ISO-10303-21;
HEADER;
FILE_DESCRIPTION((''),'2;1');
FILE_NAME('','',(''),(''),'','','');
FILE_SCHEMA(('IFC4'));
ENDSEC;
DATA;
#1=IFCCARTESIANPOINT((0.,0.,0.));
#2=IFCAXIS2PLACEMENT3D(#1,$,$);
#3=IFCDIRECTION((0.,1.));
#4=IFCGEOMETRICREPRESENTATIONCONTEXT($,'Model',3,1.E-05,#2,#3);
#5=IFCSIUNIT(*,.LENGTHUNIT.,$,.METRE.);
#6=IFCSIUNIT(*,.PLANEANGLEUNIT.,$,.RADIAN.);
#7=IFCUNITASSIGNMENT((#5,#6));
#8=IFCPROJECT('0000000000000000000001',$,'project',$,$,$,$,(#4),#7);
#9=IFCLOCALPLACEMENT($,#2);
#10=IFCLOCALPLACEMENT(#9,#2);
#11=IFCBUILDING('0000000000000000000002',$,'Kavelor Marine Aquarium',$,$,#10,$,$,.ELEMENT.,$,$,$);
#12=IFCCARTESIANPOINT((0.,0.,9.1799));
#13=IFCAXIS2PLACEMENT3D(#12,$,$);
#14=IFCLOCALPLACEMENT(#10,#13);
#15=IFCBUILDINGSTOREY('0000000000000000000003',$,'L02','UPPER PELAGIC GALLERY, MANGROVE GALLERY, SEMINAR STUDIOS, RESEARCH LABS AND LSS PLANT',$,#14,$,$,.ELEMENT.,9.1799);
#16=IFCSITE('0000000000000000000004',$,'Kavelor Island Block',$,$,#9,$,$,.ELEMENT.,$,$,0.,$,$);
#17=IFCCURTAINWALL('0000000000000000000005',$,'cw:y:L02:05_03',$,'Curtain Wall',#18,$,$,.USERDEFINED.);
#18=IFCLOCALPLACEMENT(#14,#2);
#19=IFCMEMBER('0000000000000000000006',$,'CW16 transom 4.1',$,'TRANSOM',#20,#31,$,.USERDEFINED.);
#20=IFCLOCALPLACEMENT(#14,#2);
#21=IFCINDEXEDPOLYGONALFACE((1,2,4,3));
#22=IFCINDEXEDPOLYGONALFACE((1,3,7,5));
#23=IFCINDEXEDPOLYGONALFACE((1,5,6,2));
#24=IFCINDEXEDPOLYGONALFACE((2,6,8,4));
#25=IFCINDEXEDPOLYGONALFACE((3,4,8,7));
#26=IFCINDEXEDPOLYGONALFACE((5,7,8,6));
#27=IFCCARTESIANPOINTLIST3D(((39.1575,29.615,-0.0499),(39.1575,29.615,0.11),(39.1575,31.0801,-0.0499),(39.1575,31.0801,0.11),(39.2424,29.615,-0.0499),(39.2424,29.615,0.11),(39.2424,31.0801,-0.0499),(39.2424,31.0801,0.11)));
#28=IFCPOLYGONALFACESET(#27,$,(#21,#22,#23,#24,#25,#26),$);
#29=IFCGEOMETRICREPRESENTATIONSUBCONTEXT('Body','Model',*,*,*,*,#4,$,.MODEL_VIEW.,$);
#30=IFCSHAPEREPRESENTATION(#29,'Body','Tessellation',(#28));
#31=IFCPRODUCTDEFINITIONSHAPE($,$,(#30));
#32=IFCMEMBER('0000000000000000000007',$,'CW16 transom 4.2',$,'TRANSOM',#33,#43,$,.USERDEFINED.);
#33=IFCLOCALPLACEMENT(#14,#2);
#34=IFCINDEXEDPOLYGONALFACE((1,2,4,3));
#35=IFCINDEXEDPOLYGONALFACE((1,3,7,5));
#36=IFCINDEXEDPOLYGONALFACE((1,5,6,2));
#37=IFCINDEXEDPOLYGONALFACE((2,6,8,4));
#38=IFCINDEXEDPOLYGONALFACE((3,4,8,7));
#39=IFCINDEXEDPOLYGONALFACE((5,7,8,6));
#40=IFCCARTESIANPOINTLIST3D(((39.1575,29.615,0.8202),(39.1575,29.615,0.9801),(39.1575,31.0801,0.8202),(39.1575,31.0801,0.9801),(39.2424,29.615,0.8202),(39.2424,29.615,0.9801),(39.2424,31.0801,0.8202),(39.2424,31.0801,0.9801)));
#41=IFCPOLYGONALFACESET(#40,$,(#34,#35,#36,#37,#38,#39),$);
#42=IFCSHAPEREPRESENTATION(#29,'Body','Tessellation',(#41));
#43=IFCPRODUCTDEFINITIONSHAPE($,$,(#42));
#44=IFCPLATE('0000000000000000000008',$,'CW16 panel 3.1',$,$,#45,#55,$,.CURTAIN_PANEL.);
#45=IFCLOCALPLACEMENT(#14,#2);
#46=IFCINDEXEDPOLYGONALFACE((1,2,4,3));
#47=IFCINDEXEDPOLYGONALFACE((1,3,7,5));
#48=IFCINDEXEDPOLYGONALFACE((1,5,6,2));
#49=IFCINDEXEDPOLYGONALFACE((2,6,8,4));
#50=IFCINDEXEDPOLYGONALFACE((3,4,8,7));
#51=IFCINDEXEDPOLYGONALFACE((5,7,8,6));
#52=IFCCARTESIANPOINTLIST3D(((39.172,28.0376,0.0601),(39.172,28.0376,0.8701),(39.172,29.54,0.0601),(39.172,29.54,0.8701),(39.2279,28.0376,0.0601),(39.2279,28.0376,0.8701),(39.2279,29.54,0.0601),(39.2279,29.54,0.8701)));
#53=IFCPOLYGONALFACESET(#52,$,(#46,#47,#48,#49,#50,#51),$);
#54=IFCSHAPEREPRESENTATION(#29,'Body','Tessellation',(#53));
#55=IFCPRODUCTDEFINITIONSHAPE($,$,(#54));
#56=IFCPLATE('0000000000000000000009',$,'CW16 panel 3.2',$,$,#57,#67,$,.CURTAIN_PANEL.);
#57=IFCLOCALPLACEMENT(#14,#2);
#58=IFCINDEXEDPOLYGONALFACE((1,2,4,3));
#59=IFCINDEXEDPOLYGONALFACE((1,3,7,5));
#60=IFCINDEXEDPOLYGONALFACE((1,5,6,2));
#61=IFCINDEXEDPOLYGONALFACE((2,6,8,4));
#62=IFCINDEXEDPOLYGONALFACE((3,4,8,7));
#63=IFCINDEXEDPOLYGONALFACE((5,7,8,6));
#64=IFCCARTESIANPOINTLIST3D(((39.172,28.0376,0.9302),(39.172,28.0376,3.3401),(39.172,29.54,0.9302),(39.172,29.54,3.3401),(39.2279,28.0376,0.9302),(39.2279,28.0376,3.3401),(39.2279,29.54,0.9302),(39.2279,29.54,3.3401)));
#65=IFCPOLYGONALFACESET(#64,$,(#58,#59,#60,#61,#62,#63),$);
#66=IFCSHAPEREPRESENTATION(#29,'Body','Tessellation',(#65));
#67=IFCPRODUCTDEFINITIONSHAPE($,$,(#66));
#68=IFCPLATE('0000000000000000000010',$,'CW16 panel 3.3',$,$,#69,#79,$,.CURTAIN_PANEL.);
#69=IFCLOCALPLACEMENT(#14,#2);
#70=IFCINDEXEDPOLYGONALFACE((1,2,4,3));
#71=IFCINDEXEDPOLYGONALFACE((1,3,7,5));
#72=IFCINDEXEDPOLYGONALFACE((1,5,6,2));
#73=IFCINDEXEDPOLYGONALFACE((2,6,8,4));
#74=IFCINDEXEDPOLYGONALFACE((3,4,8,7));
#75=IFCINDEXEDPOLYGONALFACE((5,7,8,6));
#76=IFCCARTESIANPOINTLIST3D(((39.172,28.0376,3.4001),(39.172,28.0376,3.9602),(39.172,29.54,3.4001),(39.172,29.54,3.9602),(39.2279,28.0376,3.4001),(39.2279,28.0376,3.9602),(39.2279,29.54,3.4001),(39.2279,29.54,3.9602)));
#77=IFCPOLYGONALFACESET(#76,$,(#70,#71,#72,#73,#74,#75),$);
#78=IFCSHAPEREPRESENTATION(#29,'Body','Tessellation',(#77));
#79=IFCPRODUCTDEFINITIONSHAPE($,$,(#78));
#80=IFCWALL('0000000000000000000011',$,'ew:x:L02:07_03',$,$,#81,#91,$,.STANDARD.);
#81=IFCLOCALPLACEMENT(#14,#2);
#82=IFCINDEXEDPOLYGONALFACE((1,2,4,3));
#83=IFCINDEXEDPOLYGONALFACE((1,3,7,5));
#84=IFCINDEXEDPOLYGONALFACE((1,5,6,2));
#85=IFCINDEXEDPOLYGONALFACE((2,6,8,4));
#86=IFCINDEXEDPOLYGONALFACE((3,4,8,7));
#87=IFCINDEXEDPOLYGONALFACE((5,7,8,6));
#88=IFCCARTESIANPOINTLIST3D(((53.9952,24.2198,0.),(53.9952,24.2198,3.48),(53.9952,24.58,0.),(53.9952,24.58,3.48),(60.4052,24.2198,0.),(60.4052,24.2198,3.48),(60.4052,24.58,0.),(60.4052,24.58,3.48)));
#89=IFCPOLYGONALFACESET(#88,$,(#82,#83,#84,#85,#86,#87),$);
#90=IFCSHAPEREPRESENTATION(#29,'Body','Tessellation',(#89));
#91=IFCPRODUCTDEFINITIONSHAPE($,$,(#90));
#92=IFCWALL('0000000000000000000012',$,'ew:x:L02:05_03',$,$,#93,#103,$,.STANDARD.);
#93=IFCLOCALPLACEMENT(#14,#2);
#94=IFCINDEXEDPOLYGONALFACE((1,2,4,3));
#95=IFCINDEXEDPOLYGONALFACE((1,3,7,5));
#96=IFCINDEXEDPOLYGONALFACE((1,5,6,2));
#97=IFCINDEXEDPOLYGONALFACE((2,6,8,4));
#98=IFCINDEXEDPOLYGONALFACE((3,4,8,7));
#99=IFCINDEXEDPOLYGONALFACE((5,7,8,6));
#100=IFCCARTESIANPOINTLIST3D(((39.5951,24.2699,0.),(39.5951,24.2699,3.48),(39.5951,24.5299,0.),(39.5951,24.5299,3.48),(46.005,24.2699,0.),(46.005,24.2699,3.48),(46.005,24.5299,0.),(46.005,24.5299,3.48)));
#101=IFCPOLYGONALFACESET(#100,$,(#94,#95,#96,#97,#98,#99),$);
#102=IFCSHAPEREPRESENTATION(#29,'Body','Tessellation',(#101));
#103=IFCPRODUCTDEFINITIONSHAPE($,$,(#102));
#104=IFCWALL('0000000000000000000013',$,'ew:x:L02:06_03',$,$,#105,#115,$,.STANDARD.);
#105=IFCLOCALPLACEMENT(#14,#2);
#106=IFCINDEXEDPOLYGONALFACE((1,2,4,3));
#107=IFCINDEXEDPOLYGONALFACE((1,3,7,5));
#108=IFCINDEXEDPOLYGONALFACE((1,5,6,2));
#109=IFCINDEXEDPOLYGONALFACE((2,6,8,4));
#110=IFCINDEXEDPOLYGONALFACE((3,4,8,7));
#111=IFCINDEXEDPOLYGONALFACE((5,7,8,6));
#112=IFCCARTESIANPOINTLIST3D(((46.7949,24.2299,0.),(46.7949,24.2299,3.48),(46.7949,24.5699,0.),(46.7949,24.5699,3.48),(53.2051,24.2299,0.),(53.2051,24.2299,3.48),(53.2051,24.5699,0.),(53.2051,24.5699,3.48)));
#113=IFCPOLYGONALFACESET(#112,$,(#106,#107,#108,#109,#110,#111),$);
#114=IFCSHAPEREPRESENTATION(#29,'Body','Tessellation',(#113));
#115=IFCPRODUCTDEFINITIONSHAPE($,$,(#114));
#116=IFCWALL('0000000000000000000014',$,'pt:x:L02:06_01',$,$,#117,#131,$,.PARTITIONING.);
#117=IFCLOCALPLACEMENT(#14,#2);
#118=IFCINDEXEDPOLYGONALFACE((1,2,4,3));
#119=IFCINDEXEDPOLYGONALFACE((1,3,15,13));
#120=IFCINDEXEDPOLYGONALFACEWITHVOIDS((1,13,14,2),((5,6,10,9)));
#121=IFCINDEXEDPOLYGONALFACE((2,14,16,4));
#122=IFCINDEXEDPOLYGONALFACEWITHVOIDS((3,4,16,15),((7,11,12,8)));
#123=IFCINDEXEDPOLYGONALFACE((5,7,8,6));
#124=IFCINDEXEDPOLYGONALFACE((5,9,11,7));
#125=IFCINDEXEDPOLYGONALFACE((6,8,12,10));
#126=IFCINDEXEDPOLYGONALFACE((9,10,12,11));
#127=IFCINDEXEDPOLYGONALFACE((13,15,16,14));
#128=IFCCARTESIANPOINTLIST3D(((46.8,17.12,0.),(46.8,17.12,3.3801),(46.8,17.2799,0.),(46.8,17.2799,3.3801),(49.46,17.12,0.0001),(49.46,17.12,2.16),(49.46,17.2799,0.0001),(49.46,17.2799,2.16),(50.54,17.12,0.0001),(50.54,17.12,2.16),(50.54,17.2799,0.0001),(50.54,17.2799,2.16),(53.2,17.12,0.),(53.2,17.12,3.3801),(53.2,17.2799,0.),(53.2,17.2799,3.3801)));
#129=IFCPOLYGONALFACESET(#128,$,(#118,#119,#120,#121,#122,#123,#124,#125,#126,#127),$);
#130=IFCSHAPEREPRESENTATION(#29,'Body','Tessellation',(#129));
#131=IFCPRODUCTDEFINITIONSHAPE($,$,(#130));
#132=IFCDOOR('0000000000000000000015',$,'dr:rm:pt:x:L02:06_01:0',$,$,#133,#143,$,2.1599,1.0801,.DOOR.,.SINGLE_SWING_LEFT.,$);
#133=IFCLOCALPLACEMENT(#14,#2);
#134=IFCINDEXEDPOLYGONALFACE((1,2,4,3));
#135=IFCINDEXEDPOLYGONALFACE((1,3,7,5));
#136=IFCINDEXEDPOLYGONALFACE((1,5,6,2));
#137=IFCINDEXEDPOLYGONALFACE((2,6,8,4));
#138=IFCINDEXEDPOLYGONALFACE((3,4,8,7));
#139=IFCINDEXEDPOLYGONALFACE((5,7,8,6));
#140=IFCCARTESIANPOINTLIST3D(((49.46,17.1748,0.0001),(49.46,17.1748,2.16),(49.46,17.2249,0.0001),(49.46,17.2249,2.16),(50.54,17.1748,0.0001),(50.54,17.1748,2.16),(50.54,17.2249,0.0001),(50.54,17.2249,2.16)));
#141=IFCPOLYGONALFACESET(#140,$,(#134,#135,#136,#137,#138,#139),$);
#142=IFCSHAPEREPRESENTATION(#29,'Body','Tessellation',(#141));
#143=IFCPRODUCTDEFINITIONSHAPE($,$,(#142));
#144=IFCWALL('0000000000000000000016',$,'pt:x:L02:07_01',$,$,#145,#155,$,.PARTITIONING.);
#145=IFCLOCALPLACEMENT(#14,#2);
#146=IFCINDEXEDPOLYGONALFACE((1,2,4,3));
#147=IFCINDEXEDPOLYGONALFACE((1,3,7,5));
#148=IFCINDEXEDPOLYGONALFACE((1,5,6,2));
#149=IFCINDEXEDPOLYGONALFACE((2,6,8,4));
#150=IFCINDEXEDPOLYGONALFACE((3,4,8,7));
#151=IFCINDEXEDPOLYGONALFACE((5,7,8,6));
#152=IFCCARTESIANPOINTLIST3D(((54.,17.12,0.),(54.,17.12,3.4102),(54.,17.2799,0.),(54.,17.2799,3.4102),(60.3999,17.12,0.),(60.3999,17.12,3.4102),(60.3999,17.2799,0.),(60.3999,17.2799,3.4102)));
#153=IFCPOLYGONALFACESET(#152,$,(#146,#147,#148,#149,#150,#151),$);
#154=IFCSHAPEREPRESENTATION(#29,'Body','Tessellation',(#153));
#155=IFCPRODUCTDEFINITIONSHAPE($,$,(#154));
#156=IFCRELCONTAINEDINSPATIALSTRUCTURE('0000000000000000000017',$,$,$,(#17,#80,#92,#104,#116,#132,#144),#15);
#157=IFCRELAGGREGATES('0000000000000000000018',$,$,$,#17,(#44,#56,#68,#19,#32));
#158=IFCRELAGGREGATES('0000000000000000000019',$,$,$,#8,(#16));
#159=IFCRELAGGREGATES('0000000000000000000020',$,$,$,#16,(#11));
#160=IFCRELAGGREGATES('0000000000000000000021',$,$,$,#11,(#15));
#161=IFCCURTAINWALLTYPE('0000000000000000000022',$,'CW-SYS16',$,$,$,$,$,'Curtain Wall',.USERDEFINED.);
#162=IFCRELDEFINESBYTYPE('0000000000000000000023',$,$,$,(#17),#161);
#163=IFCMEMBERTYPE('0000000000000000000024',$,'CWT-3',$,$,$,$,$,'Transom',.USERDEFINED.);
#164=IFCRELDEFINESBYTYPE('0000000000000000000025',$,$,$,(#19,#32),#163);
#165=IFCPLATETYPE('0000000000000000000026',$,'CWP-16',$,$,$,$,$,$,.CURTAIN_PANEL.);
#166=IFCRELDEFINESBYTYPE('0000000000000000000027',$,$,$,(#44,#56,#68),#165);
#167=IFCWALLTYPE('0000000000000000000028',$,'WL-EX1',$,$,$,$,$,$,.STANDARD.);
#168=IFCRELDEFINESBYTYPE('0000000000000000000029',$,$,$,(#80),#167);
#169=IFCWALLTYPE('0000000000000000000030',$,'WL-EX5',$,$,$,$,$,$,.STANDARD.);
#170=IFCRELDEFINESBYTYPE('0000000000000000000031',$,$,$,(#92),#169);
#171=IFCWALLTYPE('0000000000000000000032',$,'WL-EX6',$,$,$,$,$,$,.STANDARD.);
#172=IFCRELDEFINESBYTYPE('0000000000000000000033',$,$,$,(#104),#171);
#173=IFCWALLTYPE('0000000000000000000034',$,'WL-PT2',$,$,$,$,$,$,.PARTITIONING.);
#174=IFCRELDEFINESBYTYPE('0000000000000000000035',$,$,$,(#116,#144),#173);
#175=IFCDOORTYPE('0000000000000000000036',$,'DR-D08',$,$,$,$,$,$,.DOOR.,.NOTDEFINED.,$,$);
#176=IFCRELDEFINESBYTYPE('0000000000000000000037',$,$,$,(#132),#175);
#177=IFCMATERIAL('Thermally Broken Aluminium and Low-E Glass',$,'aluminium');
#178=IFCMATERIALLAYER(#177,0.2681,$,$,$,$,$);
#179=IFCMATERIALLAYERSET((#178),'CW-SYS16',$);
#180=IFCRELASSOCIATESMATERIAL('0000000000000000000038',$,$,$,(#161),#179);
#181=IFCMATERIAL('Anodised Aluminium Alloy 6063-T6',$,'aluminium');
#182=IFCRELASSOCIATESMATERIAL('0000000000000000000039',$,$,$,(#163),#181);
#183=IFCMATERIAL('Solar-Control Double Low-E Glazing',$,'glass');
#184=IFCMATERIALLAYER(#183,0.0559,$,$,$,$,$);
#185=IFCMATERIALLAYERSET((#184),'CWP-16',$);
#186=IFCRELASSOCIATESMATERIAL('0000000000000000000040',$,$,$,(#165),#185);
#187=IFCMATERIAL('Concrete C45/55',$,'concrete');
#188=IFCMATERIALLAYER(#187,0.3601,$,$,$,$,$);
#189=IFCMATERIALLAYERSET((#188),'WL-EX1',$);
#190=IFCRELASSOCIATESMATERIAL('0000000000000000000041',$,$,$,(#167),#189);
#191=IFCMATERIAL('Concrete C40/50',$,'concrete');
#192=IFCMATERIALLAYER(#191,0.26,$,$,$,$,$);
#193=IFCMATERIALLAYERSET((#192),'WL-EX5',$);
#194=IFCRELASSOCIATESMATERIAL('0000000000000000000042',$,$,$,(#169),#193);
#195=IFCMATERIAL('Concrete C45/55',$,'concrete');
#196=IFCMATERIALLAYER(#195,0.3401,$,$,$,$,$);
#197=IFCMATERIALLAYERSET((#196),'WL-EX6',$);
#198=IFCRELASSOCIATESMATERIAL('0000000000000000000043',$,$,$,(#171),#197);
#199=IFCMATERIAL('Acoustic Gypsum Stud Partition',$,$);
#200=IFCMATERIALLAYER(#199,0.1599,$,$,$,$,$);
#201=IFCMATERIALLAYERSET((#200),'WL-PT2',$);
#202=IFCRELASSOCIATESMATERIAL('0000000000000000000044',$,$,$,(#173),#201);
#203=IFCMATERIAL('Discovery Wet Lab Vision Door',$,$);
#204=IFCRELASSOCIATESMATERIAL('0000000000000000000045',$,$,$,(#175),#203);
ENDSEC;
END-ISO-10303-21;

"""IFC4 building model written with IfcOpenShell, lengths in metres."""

from ifc_helpers import new_model, si_unit, direction, frame, frame_2d, origin, origin_2d, place, context, subcontext, project, spatial, rectangle, extrude, material, layer, layer_set, material_profile, profile_set, type_object, element, fill, aggregate, save


model = new_model("IFC4")

# Units and contexts
model_context = context("Model", 3, precision=1e-05, world=origin(), true_north=direction((0.0, 1.0)))
body_context = subcontext(model_context, "Body", "Model", "MODEL_VIEW")
ifc_project = project(units=[si_unit("LENGTHUNIT", "METRE"), si_unit("PLANEANGLEUNIT", "RADIAN")], contexts=[model_context])

# Site, building, storey
site_placement = place(None, origin())
site = spatial("IfcSite", under=ifc_project, at=site_placement, Name="Kavelor Island Block", CompositionType="ELEMENT", RefElevation=0.0)
building_placement = place(site_placement, origin())
building = spatial("IfcBuilding", under=site, at=building_placement, Name="Kavelor Marine Aquarium", CompositionType="ELEMENT")
storey_placement = place(building_placement, frame((0.0, 0.0, 9.1799)))
storey = spatial("IfcBuildingStorey", under=building, at=storey_placement, Name="L02", Description="UPPER PELAGIC GALLERY, MANGROVE GALLERY, SEMINAR STUDIOS, RESEARCH LABS AND LSS PLANT", CompositionType="ELEMENT", Elevation=9.1799)

# Curtain wall, members, plates
ifc_material_1 = material(Name="Thermally Broken Aluminium and Low-E Glass", Category="aluminium")
ifc_layer_1 = layer(ifc_material_1, 0.2681)
ifc_layer_set_1 = layer_set([ifc_layer_1], Name="CW-SYS16")
curtain_wall_type = type_object("IfcCurtainWallType", Name="CW-SYS16", ElementType="Curtain Wall", PredefinedType="USERDEFINED", material=ifc_layer_set_1)
curtain_wall_placement = place(storey_placement, origin())
curtain_wall = element("IfcCurtainWall", 1, at=curtain_wall_placement, inside=storey, type_object=curtain_wall_type, Name="cw:y:L02:05_03", ObjectType="Curtain Wall", PredefinedType="USERDEFINED")
ifc_material_2 = material(Name="Anodised Aluminium Alloy 6063-T6", Category="aluminium")
ifc_material_profile_1 = material_profile(ifc_material_2, rectangle(XDim=0.085, YDim=0.1599, at=origin_2d()), Name="CW-TRN 85x160")
ifc_profile_set_1 = profile_set([ifc_material_profile_1], Name="Anodised Aluminium Alloy 6063-T6")
member_type_1 = type_object("IfcMemberType", Name="CWT-3", ElementType="Transom", PredefinedType="USERDEFINED", material=ifc_profile_set_1)
member_1_placement = place(storey_placement, frame((39.2, 29.615, 0.03), z_axis=(0.0, 1.0, 0.0), x_axis=(-1.0, 0.0, 0.0)))
member_1 = element("IfcMember", 2, at=member_1_placement, type_object=member_type_1, Name="CW16 transom 4.1", ObjectType="TRANSOM", PredefinedType="USERDEFINED", context=body_context, shape_type="SweptSolid", body=[
    extrude(rectangle(XDim=0.085, YDim=0.1599, at=origin_2d()), origin(), (0.0, 0.0, 1.0), 1.4651),
])
member_2_placement = place(storey_placement, frame((39.2, 29.615, 0.9001), z_axis=(0.0, 1.0, 0.0), x_axis=(-1.0, 0.0, 0.0)))
member_2 = element("IfcMember", 3, at=member_2_placement, type_object=member_type_1, Name="CW16 transom 4.2", ObjectType="TRANSOM", PredefinedType="USERDEFINED", context=body_context, shape_type="SweptSolid", body=[
    extrude(rectangle(XDim=0.085, YDim=0.1599, at=origin_2d()), origin(), (0.0, 0.0, 1.0), 1.4651),
])
ifc_material_3 = material(Name="Solar-Control Double Low-E Glazing", Category="glass")
ifc_layer_2 = layer(ifc_material_3, 0.0559)
ifc_layer_set_2 = layer_set([ifc_layer_2], Name="CWP-16")
plate_type = type_object("IfcPlateType", Name="CWP-16", PredefinedType="CURTAIN_PANEL", material=ifc_layer_set_2)
plate_1_placement = place(storey_placement, frame((39.2, 28.7888, 0.0601), z_axis=(0.0, 0.0, 1.0), x_axis=(0.0, 1.0, 0.0)))
plate_1 = element("IfcPlate", 4, at=plate_1_placement, type_object=plate_type, Name="CW16 panel 3.1", PredefinedType="CURTAIN_PANEL", context=body_context, shape_type="SweptSolid", body=[
    extrude(rectangle(XDim=1.5024, YDim=0.0559, at=origin_2d()), origin(), (0.0, 0.0, 1.0), 0.8101),
])
plate_2_placement = place(storey_placement, frame((39.2, 28.7888, 0.9302), z_axis=(0.0, 0.0, 1.0), x_axis=(0.0, 1.0, 0.0)))
plate_2 = element("IfcPlate", 5, at=plate_2_placement, type_object=plate_type, Name="CW16 panel 3.2", PredefinedType="CURTAIN_PANEL", context=body_context, shape_type="SweptSolid", body=[
    extrude(rectangle(XDim=1.5024, YDim=0.0559, at=origin_2d()), origin(), (0.0, 0.0, 1.0), 2.4099),
])
plate_3_placement = place(storey_placement, frame((39.2, 28.7888, 3.4001), z_axis=(0.0, 0.0, 1.0), x_axis=(0.0, 1.0, 0.0)))
plate_3 = element("IfcPlate", 6, at=plate_3_placement, type_object=plate_type, Name="CW16 panel 3.3", PredefinedType="CURTAIN_PANEL", context=body_context, shape_type="SweptSolid", body=[
    extrude(rectangle(XDim=1.5024, YDim=0.0559, at=origin_2d()), origin(), (0.0, 0.0, 1.0), 0.5601),
])
aggregate(curtain_wall, [plate_1, plate_2, plate_3, member_1, member_2])

# Walls
ifc_material_4 = material(Name="Concrete C45/55", Category="concrete")
ifc_layer_3 = layer(ifc_material_4, 0.3601)
ifc_layer_set_3 = layer_set([ifc_layer_3], Name="WL-EX1")
wall_type_1 = type_object("IfcWallType", Name="WL-EX1", PredefinedType="STANDARD", material=ifc_layer_set_3)
wall_1_placement = place(storey_placement, frame((53.9951, 24.3999, 0.0), z_axis=(0.0, 0.0, 1.0), x_axis=(1.0, 0.0, 0.0)))
element("IfcWall", 7, at=wall_1_placement, inside=storey, type_object=wall_type_1, Name="ew:x:L02:07_03", PredefinedType="STANDARD", context=body_context, shape_type="SweptSolid", body=[
    extrude(rectangle(XDim=6.4099, YDim=0.3601, at=frame_2d((3.2051, 0.0))), origin(), (0.0, 0.0, 1.0), 3.48),
])
ifc_material_5 = material(Name="Concrete C40/50", Category="concrete")
ifc_layer_4 = layer(ifc_material_5, 0.26)
ifc_layer_set_4 = layer_set([ifc_layer_4], Name="WL-EX5")
wall_type_2 = type_object("IfcWallType", Name="WL-EX5", PredefinedType="STANDARD", material=ifc_layer_set_4)
wall_2_placement = place(storey_placement, frame((39.595, 24.3999, 0.0), z_axis=(0.0, 0.0, 1.0), x_axis=(1.0, 0.0, 0.0)))
element("IfcWall", 8, at=wall_2_placement, inside=storey, type_object=wall_type_2, Name="ew:x:L02:05_03", PredefinedType="STANDARD", context=body_context, shape_type="SweptSolid", body=[
    extrude(rectangle(XDim=6.4099, YDim=0.26, at=frame_2d((3.2051, 0.0))), origin(), (0.0, 0.0, 1.0), 3.48),
])
ifc_material_6 = material(Name="Concrete C45/55", Category="concrete")
ifc_layer_5 = layer(ifc_material_6, 0.3401)
ifc_layer_set_5 = layer_set([ifc_layer_5], Name="WL-EX6")
wall_type_3 = type_object("IfcWallType", Name="WL-EX6", PredefinedType="STANDARD", material=ifc_layer_set_5)
wall_3_placement = place(storey_placement, frame((46.7949, 24.3999, 0.0), z_axis=(0.0, 0.0, 1.0), x_axis=(1.0, 0.0, 0.0)))
element("IfcWall", 9, at=wall_3_placement, inside=storey, type_object=wall_type_3, Name="ew:x:L02:06_03", PredefinedType="STANDARD", context=body_context, shape_type="SweptSolid", body=[
    extrude(rectangle(XDim=6.4102, YDim=0.3401, at=frame_2d((3.2051, 0.0))), origin(), (0.0, 0.0, 1.0), 3.48),
])

# Wall, opening, door
ifc_material_7 = material(Name="Acoustic Gypsum Stud Partition")
ifc_layer_6 = layer(ifc_material_7, 0.1599)
ifc_layer_set_6 = layer_set([ifc_layer_6], Name="WL-PT2")
wall_type_4 = type_object("IfcWallType", Name="WL-PT2", PredefinedType="PARTITIONING", material=ifc_layer_set_6)
wall_4_placement = place(storey_placement, frame((46.8, 17.2, 0.0), z_axis=(0.0, 0.0, 1.0), x_axis=(1.0, 0.0, 0.0)))
wall_4 = element("IfcWall", 10, at=wall_4_placement, inside=storey, type_object=wall_type_4, Name="pt:x:L02:06_01", PredefinedType="PARTITIONING", context=body_context, shape_type="SweptSolid", body=[
    extrude(rectangle(XDim=6.3999, YDim=0.1599, at=frame_2d((3.2, 0.0))), origin(), (0.0, 0.0, 1.0), 3.3801),
])
opening_placement = place(wall_4_placement, frame((2.6599, 0.0, 0.0)))
opening = element("IfcOpeningElement", 11, at=opening_placement, cuts=wall_4, PredefinedType="OPENING", context=body_context, shape_type="SweptSolid", body=[
    extrude(rectangle(XDim=1.0801, YDim=2.1599, at=frame_2d((0.54, 1.0801))), frame((0.0, 0.0898, 0.0), z_axis=(0.0, -1.0, 0.0), x_axis=(1.0, 0.0, 0.0)), (0.0, 0.0, 1.0), 0.1799),
])
ifc_material_8 = material(Name="Discovery Wet Lab Vision Door")
door_type = type_object("IfcDoorType", Name="DR-D08", OperationType="NOTDEFINED", PredefinedType="DOOR", material=ifc_material_8)
door_placement = place(opening_placement, origin())
door = element("IfcDoor", 12, at=door_placement, inside=storey, type_object=door_type, Name="dr:rm:pt:x:L02:06_01:0", OperationType="SINGLE_SWING_LEFT", OverallHeight=2.1599, OverallWidth=1.0801, PredefinedType="DOOR", context=body_context, shape_type="SweptSolid", body=[
    extrude(rectangle(XDim=1.0801, YDim=2.1599, at=frame_2d((0.54, 1.0801))), frame((0.0, 0.0249, 0.0), z_axis=(0.0, -1.0, 0.0), x_axis=(1.0, 0.0, 0.0)), (0.0, 0.0, 1.0), 0.05),
])
fill(opening, door)

# Wall
wall_5_placement = place(storey_placement, frame((54.0, 17.2, 0.0), z_axis=(0.0, 0.0, 1.0), x_axis=(1.0, 0.0, 0.0)))
element("IfcWall", 13, at=wall_5_placement, inside=storey, type_object=wall_type_4, Name="pt:x:L02:07_01", PredefinedType="PARTITIONING", context=body_context, shape_type="SweptSolid", body=[
    extrude(rectangle(XDim=6.3999, YDim=0.1599, at=frame_2d((3.2, 0.0))), origin(), (0.0, 0.0, 1.0), 3.4102),
])

save(model, "model.ifc")
